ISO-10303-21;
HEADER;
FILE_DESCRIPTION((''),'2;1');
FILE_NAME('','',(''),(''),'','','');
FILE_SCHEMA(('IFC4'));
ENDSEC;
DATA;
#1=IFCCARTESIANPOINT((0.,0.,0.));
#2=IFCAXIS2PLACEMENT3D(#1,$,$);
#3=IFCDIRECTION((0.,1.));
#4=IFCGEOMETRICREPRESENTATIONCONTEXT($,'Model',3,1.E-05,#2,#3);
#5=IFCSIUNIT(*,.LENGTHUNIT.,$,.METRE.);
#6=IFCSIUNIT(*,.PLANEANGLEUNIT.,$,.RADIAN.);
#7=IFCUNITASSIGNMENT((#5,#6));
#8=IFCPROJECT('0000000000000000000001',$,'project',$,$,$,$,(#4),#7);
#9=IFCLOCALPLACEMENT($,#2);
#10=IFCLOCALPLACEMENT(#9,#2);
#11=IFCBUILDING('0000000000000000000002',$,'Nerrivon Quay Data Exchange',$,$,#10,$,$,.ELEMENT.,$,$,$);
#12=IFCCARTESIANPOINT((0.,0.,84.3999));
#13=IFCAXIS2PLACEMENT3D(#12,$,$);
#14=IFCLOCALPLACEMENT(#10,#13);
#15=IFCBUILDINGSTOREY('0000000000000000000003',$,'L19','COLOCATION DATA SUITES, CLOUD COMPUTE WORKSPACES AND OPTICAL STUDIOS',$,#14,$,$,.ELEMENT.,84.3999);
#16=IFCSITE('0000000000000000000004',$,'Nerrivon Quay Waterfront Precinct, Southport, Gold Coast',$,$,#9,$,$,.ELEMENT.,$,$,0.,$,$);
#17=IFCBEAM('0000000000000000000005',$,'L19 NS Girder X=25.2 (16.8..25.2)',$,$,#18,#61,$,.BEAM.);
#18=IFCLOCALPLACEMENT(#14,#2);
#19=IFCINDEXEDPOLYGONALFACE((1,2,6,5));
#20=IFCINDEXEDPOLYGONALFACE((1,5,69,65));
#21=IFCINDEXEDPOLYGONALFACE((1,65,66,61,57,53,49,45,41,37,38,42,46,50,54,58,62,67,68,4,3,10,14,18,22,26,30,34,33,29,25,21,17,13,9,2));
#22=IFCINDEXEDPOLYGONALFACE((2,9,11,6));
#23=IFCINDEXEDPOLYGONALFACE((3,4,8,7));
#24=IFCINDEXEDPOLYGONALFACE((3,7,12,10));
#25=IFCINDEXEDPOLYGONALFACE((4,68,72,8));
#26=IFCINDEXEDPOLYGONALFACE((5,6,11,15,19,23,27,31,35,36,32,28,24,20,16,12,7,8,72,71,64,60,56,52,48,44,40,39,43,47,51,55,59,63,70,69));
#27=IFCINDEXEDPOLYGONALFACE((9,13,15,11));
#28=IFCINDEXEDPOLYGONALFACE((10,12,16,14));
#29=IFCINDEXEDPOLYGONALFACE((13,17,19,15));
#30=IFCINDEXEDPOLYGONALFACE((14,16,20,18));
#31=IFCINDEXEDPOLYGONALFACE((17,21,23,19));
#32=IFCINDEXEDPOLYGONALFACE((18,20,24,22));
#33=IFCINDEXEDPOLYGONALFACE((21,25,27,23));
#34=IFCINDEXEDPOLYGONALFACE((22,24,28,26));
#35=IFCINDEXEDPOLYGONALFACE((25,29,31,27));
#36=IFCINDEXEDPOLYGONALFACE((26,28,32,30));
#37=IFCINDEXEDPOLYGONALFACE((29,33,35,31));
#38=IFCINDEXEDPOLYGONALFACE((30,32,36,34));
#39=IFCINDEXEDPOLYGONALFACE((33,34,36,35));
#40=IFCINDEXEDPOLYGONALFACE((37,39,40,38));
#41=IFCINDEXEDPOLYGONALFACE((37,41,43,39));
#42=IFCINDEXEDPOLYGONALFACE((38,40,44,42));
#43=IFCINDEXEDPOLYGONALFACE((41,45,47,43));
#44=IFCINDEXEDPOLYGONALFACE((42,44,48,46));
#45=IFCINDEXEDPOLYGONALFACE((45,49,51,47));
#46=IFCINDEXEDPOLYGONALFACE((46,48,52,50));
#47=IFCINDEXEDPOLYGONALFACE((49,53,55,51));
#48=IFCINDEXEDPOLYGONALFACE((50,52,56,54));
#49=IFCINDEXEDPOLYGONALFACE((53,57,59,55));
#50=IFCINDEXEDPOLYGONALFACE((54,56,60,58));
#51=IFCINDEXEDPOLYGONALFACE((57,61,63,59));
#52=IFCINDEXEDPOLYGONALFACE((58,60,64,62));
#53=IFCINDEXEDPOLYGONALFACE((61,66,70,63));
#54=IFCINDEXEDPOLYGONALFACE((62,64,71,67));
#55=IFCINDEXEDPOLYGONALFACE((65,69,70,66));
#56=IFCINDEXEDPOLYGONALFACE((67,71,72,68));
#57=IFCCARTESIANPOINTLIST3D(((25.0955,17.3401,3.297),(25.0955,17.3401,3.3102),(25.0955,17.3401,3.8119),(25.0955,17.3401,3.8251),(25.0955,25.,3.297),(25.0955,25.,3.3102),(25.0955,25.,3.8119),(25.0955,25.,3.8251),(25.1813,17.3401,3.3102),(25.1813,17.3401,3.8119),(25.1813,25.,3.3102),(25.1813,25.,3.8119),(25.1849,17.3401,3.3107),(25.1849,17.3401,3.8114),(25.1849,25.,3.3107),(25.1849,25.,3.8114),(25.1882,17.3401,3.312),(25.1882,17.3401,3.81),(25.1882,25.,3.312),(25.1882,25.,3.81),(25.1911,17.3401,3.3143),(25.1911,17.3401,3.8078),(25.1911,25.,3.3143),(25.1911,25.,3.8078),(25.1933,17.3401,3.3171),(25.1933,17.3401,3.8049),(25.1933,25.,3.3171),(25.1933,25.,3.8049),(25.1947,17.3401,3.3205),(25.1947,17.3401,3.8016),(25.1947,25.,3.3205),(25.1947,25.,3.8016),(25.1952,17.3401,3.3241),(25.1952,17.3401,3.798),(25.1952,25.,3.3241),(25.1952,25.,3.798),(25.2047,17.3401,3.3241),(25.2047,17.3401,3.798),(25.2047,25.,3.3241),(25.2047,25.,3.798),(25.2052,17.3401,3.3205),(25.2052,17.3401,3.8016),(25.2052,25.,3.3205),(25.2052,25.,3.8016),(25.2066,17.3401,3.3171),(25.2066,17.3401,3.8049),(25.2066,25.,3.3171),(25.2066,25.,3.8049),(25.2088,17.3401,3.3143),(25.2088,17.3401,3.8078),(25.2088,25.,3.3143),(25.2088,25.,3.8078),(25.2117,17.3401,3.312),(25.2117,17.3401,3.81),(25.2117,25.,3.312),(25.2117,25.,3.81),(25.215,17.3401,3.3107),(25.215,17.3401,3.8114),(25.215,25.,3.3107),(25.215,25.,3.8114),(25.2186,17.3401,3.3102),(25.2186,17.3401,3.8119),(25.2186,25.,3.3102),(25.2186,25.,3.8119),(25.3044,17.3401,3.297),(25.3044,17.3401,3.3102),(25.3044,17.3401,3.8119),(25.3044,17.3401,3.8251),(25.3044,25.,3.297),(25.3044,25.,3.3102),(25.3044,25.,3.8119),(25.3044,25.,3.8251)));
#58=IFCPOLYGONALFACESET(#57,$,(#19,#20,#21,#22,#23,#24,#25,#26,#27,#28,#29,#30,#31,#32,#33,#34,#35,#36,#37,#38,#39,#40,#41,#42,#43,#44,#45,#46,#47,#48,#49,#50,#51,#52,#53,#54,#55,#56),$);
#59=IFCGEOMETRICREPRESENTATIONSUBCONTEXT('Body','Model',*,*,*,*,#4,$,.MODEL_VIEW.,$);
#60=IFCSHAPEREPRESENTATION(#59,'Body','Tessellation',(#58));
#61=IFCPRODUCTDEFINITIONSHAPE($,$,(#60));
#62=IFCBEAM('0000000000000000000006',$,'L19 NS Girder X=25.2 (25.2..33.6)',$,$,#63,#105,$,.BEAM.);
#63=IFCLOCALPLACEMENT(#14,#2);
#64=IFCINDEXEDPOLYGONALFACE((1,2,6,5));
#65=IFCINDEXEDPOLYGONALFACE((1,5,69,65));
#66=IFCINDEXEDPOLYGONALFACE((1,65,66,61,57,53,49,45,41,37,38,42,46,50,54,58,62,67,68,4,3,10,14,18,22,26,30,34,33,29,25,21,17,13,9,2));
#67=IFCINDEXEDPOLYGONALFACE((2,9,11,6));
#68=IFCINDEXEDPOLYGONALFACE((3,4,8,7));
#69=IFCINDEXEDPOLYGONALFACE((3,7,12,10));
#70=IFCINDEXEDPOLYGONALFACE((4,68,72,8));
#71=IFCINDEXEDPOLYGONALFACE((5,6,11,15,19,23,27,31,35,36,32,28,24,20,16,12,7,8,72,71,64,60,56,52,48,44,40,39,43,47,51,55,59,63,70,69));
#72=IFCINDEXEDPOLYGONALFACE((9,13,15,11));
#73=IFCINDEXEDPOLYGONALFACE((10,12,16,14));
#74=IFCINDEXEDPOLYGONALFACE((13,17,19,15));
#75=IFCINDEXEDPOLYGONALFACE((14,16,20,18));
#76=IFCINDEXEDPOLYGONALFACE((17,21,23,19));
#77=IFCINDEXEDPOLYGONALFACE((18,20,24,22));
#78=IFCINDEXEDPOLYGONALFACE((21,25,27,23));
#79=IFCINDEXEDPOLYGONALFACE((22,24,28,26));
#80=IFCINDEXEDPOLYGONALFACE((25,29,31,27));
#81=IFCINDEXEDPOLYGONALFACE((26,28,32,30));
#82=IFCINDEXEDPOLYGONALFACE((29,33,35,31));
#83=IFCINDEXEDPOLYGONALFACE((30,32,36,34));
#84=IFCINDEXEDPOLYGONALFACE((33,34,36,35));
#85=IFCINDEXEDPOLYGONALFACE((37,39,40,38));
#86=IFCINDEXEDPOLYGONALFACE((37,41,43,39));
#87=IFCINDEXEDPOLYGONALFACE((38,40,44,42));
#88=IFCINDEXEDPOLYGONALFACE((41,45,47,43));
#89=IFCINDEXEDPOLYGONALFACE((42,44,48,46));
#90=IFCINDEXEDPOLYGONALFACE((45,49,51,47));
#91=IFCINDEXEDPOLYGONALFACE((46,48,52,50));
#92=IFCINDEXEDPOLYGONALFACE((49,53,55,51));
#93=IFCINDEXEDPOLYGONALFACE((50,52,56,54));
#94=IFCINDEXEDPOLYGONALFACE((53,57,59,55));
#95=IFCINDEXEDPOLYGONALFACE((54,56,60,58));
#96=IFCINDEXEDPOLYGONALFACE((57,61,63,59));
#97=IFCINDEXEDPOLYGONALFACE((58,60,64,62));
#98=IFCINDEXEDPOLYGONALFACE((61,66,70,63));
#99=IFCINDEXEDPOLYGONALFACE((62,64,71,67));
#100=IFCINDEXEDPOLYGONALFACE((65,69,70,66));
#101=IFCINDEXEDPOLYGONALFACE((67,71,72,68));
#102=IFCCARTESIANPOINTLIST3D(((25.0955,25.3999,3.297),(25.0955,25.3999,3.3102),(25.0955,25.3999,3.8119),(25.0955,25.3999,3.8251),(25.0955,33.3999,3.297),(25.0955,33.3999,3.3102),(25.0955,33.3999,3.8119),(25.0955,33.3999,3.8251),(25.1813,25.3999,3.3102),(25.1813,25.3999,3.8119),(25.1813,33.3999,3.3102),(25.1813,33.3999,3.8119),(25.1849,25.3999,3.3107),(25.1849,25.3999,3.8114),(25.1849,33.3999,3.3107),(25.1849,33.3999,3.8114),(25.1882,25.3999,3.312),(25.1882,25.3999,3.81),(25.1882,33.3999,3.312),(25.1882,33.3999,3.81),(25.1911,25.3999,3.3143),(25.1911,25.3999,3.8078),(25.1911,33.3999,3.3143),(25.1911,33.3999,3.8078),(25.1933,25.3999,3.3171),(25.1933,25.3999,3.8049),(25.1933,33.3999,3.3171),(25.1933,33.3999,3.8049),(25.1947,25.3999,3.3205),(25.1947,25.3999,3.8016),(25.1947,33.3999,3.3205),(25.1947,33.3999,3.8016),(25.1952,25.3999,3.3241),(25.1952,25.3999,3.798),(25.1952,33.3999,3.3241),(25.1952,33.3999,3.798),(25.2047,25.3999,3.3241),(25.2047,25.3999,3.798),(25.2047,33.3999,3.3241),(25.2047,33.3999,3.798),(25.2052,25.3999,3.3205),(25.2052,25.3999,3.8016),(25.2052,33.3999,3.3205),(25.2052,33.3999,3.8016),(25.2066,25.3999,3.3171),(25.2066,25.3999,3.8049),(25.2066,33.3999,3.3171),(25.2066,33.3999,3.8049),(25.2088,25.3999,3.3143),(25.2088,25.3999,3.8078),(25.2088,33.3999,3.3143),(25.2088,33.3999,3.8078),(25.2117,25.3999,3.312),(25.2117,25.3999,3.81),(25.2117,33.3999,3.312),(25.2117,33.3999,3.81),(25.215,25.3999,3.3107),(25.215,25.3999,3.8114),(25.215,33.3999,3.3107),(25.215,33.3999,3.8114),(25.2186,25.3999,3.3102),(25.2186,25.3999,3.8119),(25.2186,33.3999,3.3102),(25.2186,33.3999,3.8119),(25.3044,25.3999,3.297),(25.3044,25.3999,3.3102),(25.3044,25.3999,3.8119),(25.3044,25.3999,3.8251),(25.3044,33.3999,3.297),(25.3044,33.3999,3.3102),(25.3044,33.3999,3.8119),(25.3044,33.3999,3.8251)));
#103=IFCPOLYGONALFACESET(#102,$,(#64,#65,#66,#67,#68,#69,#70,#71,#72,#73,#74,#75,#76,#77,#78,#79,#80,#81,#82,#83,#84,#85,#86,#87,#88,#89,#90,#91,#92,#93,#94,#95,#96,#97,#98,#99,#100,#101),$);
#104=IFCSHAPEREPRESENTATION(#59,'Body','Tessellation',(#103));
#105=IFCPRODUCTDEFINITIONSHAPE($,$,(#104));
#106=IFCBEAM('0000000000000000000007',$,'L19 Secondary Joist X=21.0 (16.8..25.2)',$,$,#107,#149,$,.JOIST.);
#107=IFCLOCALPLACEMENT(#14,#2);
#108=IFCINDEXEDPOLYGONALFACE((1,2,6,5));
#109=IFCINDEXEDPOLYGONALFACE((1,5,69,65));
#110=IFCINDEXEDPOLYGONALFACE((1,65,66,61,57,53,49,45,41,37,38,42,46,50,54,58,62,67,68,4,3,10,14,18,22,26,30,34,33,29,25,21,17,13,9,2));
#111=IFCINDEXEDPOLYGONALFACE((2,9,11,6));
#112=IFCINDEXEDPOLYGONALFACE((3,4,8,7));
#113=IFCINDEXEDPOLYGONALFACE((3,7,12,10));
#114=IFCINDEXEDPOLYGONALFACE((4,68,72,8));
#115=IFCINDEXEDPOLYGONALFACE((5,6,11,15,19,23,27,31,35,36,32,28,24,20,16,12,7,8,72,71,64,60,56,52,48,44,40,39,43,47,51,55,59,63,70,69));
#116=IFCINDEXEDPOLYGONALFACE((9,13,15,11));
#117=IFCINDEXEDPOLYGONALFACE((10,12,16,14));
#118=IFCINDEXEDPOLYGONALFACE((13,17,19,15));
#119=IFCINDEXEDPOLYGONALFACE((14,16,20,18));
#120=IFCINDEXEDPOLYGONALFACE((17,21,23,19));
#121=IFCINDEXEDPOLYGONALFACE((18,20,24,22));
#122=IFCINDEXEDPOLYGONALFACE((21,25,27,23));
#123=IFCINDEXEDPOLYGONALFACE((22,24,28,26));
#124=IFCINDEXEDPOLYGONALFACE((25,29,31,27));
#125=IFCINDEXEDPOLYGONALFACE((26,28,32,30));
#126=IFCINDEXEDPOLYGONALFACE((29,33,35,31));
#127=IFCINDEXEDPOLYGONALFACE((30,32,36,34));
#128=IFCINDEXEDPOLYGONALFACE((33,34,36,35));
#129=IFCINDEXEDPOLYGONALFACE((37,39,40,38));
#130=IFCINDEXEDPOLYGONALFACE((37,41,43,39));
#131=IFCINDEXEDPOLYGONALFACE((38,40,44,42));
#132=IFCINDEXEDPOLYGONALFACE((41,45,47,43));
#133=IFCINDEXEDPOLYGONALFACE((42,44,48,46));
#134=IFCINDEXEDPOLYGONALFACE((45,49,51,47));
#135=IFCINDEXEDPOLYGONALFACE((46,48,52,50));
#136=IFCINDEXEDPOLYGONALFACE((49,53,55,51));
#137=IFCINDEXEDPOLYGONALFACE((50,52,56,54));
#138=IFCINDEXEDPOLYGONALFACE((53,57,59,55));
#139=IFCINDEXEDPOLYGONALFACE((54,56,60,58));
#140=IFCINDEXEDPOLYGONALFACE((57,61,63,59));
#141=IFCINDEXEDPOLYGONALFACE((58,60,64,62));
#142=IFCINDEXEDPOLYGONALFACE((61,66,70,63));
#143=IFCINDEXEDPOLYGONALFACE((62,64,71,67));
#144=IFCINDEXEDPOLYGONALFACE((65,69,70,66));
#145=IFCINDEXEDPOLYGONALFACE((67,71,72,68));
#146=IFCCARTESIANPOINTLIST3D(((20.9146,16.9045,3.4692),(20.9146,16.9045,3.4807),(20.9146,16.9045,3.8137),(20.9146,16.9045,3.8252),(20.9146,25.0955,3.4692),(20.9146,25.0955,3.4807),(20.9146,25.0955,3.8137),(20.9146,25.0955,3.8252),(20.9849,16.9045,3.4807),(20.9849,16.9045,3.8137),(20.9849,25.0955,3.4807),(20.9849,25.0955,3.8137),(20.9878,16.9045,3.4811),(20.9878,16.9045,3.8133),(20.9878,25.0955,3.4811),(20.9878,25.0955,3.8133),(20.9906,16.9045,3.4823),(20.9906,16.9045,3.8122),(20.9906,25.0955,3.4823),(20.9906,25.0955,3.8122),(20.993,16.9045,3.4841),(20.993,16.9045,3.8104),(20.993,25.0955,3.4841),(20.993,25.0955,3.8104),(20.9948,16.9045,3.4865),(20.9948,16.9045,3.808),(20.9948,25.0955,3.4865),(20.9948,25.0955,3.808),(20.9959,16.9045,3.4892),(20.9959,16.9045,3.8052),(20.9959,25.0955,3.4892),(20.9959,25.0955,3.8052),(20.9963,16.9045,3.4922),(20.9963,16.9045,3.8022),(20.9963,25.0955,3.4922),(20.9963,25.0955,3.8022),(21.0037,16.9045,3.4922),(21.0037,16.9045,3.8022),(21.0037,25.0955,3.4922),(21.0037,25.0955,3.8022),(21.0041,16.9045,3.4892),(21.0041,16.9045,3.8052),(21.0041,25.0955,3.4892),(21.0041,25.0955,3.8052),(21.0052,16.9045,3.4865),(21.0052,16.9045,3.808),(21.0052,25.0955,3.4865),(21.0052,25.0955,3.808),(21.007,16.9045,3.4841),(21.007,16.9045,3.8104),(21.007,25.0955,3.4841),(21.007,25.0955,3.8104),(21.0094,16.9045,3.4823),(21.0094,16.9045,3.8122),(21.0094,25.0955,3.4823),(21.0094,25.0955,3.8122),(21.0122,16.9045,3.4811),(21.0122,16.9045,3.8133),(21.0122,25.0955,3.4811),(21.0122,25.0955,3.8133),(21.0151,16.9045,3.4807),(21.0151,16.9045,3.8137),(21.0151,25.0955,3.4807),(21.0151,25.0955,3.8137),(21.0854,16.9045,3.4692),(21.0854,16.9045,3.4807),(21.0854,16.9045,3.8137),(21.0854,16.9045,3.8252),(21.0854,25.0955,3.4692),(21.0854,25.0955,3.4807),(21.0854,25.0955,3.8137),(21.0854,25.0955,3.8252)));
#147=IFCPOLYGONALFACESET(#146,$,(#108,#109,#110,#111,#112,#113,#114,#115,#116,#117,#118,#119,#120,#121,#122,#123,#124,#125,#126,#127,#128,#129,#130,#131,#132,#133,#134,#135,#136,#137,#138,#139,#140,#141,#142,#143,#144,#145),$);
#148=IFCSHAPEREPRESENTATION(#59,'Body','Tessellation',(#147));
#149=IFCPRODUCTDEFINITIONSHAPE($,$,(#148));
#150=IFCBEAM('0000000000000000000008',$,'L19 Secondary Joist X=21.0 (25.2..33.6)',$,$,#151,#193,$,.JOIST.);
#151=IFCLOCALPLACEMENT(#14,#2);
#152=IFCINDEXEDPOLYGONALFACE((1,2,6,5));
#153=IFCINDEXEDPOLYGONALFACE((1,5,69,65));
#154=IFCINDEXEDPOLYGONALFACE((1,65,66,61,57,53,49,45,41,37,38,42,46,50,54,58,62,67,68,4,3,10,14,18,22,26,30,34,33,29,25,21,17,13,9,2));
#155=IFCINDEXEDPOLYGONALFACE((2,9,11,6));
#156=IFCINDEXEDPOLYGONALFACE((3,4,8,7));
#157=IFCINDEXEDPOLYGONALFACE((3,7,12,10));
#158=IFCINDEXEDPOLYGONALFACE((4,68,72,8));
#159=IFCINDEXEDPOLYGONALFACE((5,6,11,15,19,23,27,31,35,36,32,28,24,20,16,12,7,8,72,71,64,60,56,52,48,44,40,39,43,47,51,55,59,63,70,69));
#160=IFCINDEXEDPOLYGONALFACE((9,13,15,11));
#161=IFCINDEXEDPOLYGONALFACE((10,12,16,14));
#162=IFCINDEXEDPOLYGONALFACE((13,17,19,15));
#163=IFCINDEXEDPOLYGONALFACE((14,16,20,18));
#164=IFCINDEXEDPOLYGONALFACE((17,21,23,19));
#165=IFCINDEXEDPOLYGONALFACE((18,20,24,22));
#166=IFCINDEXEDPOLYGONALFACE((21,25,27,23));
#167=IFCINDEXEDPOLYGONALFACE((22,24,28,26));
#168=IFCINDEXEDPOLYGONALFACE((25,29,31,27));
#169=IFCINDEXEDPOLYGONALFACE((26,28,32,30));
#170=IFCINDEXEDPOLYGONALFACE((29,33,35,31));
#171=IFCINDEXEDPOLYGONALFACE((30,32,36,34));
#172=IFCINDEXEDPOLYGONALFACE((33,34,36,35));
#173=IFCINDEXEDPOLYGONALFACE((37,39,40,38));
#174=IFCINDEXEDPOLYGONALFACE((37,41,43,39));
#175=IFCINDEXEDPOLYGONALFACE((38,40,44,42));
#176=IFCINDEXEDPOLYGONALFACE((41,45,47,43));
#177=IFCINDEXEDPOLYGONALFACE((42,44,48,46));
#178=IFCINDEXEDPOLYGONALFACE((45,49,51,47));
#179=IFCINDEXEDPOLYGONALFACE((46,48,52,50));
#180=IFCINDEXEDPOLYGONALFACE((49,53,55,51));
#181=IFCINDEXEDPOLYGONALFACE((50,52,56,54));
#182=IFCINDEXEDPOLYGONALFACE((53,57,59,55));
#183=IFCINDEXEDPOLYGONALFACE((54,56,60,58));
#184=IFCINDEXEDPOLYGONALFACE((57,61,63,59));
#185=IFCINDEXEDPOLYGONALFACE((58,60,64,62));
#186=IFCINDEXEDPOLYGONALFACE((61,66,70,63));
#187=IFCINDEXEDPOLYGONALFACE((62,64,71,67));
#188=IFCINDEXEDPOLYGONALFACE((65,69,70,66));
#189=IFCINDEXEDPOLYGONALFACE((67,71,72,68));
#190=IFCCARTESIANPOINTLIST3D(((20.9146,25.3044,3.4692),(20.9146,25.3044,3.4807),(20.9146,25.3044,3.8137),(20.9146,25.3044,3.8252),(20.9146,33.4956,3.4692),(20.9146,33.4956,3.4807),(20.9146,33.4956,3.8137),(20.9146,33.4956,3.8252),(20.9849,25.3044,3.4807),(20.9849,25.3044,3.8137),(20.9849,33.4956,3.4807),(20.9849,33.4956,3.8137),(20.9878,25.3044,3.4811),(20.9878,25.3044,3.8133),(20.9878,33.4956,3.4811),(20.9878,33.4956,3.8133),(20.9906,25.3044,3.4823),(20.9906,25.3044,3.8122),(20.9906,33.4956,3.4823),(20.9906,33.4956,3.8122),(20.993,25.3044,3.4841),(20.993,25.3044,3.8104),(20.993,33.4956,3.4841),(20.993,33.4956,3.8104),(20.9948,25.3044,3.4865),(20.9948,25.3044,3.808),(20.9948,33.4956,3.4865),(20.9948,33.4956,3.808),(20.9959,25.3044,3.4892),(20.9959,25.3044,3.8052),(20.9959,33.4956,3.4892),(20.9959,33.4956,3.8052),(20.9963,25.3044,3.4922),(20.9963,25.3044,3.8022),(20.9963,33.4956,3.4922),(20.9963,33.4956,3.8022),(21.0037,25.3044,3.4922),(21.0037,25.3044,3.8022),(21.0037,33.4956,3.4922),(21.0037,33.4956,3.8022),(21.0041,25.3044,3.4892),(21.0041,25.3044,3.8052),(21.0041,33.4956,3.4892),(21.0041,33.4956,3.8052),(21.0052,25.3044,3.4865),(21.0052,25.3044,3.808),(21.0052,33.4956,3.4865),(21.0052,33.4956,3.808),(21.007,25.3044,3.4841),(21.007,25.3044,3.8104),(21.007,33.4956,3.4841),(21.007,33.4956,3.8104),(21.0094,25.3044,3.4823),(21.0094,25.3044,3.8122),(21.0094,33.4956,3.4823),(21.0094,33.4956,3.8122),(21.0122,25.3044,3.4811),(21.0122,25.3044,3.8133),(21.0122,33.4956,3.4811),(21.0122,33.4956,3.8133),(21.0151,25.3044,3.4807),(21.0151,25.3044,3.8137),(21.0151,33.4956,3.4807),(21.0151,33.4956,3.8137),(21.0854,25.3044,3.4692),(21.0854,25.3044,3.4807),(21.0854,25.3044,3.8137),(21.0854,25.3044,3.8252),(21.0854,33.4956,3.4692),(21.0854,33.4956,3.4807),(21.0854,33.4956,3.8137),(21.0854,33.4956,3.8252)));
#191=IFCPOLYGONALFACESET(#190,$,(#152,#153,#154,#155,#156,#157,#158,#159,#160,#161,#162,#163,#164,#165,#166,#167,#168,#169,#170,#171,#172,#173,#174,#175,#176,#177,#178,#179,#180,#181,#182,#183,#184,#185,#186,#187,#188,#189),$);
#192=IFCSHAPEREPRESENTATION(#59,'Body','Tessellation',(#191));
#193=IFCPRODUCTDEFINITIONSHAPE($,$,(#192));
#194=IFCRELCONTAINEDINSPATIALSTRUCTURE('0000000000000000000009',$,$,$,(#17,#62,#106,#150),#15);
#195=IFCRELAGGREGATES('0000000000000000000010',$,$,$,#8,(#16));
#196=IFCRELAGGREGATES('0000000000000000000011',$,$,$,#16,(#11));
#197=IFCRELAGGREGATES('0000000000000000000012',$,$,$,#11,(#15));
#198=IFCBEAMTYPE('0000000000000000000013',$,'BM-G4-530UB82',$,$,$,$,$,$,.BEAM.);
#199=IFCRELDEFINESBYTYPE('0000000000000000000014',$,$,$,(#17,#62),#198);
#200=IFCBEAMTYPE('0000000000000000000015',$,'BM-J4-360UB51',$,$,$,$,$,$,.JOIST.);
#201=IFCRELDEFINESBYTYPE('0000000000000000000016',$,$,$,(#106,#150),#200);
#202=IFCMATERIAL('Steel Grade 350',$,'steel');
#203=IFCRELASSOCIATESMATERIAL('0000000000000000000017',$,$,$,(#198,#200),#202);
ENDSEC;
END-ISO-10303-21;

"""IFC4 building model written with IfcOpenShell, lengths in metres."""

from ifc_helpers import new_model, si_unit, direction, frame, origin, origin_2d, place, context, subcontext, project, spatial, i_section, extrude, material, material_profile, profile_set, type_object, element, save


model = new_model("IFC4")

# Units and contexts
model_context = context("Model", 3, precision=1e-05, world=origin(), true_north=direction((0.0, 1.0)))
body_context = subcontext(model_context, "Body", "Model", "MODEL_VIEW")
ifc_project = project(units=[si_unit("LENGTHUNIT", "METRE"), si_unit("PLANEANGLEUNIT", "RADIAN")], contexts=[model_context])

# Site, building, storey
site_placement = place(None, origin())
site = spatial("IfcSite", under=ifc_project, at=site_placement, Name="Nerrivon Quay Waterfront Precinct, Southport, Gold Coast", CompositionType="ELEMENT", RefElevation=0.0)
building_placement = place(site_placement, origin())
building = spatial("IfcBuilding", under=site, at=building_placement, Name="Nerrivon Quay Data Exchange", CompositionType="ELEMENT")
storey_placement = place(building_placement, frame((0.0, 0.0, 84.3999)))
storey = spatial("IfcBuildingStorey", under=building, at=storey_placement, Name="L19", Description="COLOCATION DATA SUITES, CLOUD COMPUTE WORKSPACES AND OPTICAL STUDIOS", CompositionType="ELEMENT", Elevation=84.3999)

# Shared definitions
ifc_material_1 = material(Name="Steel Grade 350", Category="steel")

# Beams
ifc_material_profile_1 = material_profile(ifc_material_1, i_section(OverallWidth=0.209, OverallDepth=0.5281, WebThickness=0.0095, FlangeThickness=0.0132, FilletRadius=0.0139, at=origin_2d()), Name="530UB82.0")
ifc_profile_set_1 = profile_set([ifc_material_profile_1], Name="Steel Grade 350")
beam_type_1 = type_object("IfcBeamType", Name="BM-G4-530UB82", PredefinedType="BEAM", material=ifc_profile_set_1)
beam_1_placement = place(storey_placement, frame((25.2, 17.3401, 3.561), z_axis=(0.0, 1.0, 0.0), x_axis=(-1.0, 0.0, 0.0)))
element("IfcBeam", 1, at=beam_1_placement, inside=storey, type_object=beam_type_1, Name="L19 NS Girder X=25.2 (16.8..25.2)", PredefinedType="BEAM", context=body_context, shape_type="SweptSolid", body=[
    extrude(i_section(OverallWidth=0.209, OverallDepth=0.5281, WebThickness=0.0095, FlangeThickness=0.0132, FilletRadius=0.0139, at=origin_2d()), origin(), (0.0, 0.0, 1.0), 7.6599),
])
beam_2_placement = place(storey_placement, frame((25.2, 25.3999, 3.561), z_axis=(0.0, 1.0, 0.0), x_axis=(-1.0, 0.0, 0.0)))
element("IfcBeam", 2, at=beam_2_placement, inside=storey, type_object=beam_type_1, Name="L19 NS Girder X=25.2 (25.2..33.6)", PredefinedType="BEAM", context=body_context, shape_type="SweptSolid", body=[
    extrude(i_section(OverallWidth=0.209, OverallDepth=0.5281, WebThickness=0.0095, FlangeThickness=0.0132, FilletRadius=0.0139, at=origin_2d()), origin(), (0.0, 0.0, 1.0), 8.0),
])
ifc_material_profile_2 = material_profile(ifc_material_1, i_section(OverallWidth=0.1709, OverallDepth=0.356, WebThickness=0.0073, FlangeThickness=0.0115, FilletRadius=0.0115, at=origin_2d()), Name="360UB50.7")
ifc_profile_set_2 = profile_set([ifc_material_profile_2], Name="Steel Grade 350")
beam_type_2 = type_object("IfcBeamType", Name="BM-J4-360UB51", PredefinedType="JOIST", material=ifc_profile_set_2)
beam_3_placement = place(storey_placement, frame((21.0, 16.9045, 3.6472), z_axis=(0.0, 1.0, 0.0), x_axis=(-1.0, 0.0, 0.0)))
element("IfcBeam", 3, at=beam_3_placement, inside=storey, type_object=beam_type_2, Name="L19 Secondary Joist X=21.0 (16.8..25.2)", PredefinedType="JOIST", context=body_context, shape_type="SweptSolid", body=[
    extrude(i_section(OverallWidth=0.1709, OverallDepth=0.356, WebThickness=0.0073, FlangeThickness=0.0115, FilletRadius=0.0115, at=origin_2d()), origin(), (0.0, 0.0, 1.0), 8.1909),
])
beam_4_placement = place(storey_placement, frame((21.0, 25.3044, 3.6472), z_axis=(0.0, 1.0, 0.0), x_axis=(-1.0, 0.0, 0.0)))
element("IfcBeam", 4, at=beam_4_placement, inside=storey, type_object=beam_type_2, Name="L19 Secondary Joist X=21.0 (25.2..33.6)", PredefinedType="JOIST", context=body_context, shape_type="SweptSolid", body=[
    extrude(i_section(OverallWidth=0.1709, OverallDepth=0.356, WebThickness=0.0073, FlangeThickness=0.0115, FilletRadius=0.0115, at=origin_2d()), origin(), (0.0, 0.0, 1.0), 8.1912),
])

save(model, "model.ifc")
